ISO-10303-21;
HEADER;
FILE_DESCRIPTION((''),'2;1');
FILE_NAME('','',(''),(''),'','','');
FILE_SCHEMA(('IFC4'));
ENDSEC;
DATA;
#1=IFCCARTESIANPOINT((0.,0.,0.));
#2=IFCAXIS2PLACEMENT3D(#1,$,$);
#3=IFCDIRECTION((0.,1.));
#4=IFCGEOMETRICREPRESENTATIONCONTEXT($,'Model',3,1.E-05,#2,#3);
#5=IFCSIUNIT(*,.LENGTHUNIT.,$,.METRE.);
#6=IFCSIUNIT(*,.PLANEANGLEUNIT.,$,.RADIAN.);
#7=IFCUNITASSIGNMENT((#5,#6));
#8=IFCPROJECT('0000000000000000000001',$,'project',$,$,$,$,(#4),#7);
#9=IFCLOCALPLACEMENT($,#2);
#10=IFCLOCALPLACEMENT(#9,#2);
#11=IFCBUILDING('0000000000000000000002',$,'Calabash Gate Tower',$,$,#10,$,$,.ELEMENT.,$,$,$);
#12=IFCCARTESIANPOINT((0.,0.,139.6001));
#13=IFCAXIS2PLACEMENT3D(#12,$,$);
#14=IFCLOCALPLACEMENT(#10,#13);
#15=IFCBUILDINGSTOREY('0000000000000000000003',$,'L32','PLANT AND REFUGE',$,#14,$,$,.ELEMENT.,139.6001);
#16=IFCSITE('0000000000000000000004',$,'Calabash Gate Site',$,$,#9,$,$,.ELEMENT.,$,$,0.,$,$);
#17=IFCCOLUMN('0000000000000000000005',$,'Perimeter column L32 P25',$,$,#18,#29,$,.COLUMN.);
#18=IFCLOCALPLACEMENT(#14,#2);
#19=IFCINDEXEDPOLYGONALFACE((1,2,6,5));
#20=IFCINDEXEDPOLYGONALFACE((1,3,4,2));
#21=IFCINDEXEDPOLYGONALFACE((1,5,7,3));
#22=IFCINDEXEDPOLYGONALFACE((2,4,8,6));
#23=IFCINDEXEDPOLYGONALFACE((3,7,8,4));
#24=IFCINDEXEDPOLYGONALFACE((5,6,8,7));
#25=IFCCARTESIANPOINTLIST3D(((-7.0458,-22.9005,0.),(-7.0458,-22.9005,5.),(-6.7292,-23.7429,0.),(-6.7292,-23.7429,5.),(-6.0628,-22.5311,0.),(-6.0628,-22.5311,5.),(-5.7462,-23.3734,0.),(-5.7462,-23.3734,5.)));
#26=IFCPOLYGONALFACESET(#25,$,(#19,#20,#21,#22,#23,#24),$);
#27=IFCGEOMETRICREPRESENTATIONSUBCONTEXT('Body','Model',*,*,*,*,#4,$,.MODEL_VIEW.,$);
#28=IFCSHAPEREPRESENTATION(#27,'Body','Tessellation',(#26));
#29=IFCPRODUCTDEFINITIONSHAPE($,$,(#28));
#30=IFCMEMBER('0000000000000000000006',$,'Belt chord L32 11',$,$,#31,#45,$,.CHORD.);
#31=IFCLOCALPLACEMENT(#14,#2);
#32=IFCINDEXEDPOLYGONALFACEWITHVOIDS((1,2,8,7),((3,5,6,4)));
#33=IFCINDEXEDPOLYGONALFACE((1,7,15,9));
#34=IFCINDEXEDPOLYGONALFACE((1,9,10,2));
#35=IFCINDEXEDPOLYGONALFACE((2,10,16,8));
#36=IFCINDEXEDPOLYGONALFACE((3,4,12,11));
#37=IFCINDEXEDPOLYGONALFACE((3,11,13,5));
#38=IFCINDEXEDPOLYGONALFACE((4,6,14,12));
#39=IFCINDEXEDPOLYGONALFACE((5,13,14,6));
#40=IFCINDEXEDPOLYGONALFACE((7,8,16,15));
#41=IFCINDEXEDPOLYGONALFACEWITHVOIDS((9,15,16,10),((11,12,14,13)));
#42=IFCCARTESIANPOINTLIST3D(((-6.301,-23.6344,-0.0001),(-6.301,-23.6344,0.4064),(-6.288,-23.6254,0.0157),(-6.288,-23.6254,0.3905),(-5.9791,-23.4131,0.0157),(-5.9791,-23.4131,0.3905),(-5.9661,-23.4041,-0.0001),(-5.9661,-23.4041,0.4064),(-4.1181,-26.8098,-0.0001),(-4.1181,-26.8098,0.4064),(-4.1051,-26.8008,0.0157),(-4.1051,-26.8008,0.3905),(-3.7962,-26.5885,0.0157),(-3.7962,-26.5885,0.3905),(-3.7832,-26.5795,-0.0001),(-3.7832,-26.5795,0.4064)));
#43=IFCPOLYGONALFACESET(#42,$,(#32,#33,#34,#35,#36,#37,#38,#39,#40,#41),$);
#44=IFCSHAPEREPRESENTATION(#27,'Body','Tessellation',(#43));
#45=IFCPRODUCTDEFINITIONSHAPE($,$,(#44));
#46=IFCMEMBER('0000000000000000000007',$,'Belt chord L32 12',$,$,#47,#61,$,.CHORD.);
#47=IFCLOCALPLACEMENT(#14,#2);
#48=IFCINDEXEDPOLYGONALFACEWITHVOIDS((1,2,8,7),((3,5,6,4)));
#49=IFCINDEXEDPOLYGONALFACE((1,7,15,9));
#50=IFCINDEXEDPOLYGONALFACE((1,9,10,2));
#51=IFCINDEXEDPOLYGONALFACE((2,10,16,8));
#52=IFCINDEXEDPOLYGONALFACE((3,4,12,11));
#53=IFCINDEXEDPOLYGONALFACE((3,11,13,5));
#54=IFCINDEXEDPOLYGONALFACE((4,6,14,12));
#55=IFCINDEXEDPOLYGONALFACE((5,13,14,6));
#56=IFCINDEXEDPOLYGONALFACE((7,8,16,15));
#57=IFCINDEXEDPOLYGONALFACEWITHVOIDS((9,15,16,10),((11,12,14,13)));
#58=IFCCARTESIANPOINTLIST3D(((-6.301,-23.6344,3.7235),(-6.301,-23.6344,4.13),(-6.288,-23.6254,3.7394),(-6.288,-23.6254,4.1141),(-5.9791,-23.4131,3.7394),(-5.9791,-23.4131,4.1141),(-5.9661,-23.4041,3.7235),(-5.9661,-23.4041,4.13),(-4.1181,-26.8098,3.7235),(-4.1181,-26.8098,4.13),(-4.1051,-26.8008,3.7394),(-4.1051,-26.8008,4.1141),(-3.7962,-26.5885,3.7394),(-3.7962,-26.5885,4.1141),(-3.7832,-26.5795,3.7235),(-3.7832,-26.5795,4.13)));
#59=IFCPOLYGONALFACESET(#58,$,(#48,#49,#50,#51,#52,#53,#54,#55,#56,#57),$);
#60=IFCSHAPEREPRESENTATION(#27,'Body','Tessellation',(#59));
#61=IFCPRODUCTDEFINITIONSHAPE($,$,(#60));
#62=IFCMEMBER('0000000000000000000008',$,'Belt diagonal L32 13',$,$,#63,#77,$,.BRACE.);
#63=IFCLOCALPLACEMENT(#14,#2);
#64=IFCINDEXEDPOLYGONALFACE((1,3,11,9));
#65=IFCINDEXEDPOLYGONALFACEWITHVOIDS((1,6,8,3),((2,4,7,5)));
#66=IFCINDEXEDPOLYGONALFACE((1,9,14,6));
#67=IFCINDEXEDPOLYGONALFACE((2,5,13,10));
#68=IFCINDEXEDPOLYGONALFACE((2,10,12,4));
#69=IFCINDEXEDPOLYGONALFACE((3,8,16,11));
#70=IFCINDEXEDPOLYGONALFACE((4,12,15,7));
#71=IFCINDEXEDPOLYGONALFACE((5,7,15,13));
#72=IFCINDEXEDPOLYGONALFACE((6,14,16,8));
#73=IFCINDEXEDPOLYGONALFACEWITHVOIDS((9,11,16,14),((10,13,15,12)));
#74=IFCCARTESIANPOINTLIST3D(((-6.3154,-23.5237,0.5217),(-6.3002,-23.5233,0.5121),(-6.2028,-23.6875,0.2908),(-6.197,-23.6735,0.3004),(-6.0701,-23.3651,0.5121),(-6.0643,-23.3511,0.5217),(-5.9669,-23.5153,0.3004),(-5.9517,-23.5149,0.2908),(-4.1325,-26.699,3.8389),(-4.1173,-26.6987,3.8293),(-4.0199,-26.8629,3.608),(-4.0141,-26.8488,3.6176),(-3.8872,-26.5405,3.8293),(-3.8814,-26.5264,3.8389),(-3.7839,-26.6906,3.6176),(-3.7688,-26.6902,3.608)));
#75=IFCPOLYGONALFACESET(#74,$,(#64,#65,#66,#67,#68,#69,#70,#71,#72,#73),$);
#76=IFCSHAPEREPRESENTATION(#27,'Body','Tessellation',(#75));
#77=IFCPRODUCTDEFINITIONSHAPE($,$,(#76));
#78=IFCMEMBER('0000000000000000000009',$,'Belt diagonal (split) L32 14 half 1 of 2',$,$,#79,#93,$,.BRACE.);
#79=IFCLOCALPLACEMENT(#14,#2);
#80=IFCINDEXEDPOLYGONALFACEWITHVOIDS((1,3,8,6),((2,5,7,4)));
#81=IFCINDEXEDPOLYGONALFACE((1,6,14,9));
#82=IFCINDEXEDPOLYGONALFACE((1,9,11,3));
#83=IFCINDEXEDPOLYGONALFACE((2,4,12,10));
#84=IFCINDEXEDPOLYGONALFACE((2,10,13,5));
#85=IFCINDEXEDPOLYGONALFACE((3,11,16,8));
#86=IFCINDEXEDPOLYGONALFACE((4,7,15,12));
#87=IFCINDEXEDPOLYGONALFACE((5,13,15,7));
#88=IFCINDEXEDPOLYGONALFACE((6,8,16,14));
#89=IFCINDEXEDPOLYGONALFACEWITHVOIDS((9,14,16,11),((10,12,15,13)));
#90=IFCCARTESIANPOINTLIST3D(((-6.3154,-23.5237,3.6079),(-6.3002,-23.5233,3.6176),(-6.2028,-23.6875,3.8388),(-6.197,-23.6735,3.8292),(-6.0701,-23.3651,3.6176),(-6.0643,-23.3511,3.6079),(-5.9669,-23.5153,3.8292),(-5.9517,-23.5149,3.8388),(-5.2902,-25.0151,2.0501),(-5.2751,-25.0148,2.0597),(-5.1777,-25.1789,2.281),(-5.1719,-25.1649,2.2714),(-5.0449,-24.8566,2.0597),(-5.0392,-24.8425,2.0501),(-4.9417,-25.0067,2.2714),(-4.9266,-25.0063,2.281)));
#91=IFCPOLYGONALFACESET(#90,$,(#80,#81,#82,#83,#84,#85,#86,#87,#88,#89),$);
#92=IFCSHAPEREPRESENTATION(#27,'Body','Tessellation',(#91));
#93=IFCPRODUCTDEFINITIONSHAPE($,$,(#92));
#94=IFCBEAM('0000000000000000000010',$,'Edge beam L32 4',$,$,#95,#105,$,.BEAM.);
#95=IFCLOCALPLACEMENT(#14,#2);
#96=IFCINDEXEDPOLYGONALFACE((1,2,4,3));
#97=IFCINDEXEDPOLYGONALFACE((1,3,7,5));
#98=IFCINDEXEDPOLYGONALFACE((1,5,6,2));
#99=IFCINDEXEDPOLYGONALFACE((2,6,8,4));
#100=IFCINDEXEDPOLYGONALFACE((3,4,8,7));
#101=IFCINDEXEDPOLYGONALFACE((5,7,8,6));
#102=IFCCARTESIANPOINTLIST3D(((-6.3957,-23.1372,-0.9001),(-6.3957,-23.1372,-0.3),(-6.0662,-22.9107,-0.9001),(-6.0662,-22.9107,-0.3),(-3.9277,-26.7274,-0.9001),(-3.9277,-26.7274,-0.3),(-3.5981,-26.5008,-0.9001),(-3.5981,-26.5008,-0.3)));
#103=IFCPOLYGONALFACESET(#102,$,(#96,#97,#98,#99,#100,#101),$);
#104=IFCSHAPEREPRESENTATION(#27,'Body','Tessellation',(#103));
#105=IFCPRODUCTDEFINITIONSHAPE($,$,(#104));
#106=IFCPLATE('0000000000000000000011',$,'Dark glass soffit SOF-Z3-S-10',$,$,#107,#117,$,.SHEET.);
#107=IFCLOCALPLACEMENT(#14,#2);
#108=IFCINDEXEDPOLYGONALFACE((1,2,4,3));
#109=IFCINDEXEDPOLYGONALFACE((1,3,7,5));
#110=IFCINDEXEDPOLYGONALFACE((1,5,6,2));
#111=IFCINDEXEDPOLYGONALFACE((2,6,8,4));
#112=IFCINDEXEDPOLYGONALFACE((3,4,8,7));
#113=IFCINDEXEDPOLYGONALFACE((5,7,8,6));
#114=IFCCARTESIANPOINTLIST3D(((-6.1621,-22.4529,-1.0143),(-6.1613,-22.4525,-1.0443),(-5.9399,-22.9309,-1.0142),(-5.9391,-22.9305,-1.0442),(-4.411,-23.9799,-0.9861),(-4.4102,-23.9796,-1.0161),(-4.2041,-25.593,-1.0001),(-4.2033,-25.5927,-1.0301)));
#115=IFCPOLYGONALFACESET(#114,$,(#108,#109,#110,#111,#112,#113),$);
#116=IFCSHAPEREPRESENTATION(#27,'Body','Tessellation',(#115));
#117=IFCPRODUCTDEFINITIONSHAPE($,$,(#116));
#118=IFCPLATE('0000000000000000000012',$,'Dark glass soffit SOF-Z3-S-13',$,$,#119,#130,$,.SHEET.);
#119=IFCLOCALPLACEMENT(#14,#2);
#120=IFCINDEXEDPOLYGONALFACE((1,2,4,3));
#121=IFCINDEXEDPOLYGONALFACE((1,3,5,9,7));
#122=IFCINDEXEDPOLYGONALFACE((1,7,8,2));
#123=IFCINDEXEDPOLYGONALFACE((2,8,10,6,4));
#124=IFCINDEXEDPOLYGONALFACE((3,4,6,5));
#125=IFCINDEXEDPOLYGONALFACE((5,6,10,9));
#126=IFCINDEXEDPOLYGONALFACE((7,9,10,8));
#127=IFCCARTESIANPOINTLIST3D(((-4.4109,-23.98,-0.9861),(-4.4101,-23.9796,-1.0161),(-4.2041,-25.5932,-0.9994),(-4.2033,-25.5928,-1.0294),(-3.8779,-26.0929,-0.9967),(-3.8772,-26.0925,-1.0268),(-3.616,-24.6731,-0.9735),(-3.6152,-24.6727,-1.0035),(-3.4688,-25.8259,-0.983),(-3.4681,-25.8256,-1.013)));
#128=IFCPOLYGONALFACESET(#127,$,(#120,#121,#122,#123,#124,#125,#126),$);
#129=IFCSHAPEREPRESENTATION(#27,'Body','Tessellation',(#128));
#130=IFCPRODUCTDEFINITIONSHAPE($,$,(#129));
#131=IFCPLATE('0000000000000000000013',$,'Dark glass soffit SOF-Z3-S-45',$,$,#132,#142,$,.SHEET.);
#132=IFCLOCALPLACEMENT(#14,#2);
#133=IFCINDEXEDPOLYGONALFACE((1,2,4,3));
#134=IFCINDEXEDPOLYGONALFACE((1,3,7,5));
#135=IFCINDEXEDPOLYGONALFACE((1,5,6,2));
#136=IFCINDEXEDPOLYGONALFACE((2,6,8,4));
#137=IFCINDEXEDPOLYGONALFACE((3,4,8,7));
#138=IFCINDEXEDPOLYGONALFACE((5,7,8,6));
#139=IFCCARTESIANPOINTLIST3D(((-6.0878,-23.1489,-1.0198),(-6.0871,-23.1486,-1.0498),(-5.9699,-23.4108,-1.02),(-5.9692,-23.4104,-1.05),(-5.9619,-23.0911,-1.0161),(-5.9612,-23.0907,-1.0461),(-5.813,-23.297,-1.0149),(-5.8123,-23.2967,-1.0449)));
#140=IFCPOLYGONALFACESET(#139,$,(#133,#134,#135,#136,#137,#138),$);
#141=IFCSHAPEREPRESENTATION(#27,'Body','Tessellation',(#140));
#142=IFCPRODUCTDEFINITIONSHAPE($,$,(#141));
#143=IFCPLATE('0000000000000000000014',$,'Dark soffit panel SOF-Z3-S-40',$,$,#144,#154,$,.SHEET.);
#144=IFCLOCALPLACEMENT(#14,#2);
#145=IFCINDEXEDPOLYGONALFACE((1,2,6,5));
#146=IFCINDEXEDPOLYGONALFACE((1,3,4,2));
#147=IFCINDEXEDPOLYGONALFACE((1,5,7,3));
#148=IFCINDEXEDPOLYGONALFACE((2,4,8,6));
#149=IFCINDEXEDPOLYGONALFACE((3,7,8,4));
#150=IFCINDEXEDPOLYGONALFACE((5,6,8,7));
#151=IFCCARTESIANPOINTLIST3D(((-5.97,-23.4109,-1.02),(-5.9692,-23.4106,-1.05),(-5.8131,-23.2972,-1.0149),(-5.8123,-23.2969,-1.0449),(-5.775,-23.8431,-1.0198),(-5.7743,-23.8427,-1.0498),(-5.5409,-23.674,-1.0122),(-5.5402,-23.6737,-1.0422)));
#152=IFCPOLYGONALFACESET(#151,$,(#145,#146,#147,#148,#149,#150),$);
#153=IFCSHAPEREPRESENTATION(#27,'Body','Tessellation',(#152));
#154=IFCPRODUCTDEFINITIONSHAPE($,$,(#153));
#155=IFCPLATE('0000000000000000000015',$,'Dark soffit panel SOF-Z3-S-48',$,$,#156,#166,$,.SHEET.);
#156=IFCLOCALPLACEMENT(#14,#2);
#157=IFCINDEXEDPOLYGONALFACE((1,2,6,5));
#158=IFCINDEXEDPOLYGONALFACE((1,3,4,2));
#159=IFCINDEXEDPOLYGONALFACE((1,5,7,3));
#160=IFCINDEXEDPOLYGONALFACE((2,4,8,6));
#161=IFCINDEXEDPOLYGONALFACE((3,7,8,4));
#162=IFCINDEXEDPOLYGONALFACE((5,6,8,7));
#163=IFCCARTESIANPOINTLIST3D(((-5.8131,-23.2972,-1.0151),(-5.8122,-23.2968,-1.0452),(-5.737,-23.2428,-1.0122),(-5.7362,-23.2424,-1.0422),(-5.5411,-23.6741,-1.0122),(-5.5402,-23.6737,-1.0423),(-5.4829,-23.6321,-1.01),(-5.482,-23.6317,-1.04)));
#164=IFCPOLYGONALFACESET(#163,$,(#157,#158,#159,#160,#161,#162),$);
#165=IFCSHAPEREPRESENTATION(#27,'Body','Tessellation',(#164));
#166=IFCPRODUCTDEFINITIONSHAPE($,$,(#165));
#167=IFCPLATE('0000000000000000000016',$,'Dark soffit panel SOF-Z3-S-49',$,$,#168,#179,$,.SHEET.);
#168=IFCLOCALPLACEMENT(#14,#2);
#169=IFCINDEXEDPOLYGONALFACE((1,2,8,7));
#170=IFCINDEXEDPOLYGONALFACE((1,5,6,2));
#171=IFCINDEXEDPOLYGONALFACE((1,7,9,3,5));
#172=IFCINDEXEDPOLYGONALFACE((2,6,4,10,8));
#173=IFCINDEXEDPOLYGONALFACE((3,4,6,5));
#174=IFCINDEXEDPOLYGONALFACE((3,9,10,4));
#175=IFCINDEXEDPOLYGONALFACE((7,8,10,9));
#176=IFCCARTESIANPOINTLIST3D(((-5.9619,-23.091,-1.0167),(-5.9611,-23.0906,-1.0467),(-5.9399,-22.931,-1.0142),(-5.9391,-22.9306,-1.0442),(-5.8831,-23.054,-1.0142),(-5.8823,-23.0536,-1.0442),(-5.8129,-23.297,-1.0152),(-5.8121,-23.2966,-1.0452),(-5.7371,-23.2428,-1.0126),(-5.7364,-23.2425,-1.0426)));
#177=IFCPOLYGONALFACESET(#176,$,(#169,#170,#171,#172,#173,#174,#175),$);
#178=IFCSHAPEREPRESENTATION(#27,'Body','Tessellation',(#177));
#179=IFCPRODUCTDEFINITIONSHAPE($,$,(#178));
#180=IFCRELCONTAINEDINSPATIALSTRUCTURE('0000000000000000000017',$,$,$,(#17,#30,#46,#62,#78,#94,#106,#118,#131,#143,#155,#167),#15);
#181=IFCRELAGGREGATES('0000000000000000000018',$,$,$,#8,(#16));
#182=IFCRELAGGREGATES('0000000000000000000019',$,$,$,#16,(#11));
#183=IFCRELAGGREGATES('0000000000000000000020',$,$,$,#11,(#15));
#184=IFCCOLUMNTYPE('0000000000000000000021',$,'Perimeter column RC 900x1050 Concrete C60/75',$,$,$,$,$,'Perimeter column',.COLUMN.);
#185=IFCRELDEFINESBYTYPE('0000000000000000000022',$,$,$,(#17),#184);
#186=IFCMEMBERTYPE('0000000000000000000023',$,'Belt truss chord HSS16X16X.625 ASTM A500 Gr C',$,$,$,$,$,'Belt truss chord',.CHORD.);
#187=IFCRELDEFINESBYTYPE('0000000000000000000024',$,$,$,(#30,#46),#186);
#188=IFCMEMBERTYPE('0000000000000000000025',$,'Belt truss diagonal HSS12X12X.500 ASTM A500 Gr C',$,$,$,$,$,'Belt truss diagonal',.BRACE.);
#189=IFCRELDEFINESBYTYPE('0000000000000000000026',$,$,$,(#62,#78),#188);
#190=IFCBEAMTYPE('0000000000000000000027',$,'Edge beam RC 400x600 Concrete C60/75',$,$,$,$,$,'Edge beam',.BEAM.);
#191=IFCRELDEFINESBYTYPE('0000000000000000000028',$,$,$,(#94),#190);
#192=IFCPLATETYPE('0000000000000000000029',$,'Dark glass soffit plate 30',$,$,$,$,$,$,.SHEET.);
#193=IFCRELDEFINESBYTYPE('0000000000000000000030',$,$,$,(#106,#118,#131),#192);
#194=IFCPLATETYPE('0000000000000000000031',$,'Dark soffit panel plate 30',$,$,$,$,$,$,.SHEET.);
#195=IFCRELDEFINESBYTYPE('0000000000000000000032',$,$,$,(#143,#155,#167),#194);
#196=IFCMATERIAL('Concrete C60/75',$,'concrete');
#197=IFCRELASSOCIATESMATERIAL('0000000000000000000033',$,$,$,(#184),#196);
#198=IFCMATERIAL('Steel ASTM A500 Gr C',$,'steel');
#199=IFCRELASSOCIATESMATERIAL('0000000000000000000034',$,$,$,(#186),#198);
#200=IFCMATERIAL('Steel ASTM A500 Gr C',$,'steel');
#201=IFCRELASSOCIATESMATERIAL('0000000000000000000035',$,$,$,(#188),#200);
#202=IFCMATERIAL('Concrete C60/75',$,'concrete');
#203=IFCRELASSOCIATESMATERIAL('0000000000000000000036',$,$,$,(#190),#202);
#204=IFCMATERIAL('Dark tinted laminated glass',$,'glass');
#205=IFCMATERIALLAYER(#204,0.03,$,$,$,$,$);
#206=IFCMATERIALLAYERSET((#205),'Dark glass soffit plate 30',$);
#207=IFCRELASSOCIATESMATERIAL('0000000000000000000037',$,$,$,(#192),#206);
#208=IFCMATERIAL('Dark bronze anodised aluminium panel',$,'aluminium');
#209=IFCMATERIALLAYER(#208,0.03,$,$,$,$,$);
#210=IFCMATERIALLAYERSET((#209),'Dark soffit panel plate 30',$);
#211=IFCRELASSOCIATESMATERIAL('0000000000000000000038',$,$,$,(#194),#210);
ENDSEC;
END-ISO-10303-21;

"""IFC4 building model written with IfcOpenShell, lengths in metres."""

from ifc_helpers import new_model, si_unit, direction, frame, origin, origin_2d, place, context, subcontext, project, spatial, polyline, rectangle, hollow_rectangle, outline, extrude, material, layer, layer_set, material_profile, profile_set, type_object, element, save


model = new_model("IFC4")

# Units and contexts
model_context = context("Model", 3, precision=1e-05, world=origin(), true_north=direction((0.0, 1.0)))
body_context = subcontext(model_context, "Body", "Model", "MODEL_VIEW")
ifc_project = project(units=[si_unit("LENGTHUNIT", "METRE"), si_unit("PLANEANGLEUNIT", "RADIAN")], contexts=[model_context])

# Site, building, storey
site_placement = place(None, origin())
site = spatial("IfcSite", under=ifc_project, at=site_placement, Name="Calabash Gate Site", CompositionType="ELEMENT", RefElevation=0.0)
building_placement = place(site_placement, origin())
building = spatial("IfcBuilding", under=site, at=building_placement, Name="Calabash Gate Tower", CompositionType="ELEMENT")
storey_placement = place(building_placement, frame((0.0, 0.0, 139.6001)))
storey = spatial("IfcBuildingStorey", under=building, at=storey_placement, Name="L32", Description="PLANT AND REFUGE", CompositionType="ELEMENT", Elevation=139.6001)

# Column
ifc_material_1 = material(Name="Concrete C60/75", Category="concrete")
ifc_material_profile_1 = material_profile(ifc_material_1, rectangle(XDim=0.8999, YDim=1.05, at=origin_2d()))
ifc_profile_set_1 = profile_set([ifc_material_profile_1], Name="Concrete C60/75")
column_type = type_object("IfcColumnType", Name="Perimeter column RC 900x1050 Concrete C60/75", ElementType="Perimeter column", PredefinedType="COLUMN", material=ifc_profile_set_1)
column_placement = place(storey_placement, frame((-6.396, -23.137, 0.0), z_axis=(0.0, 0.0, 1.0), x_axis=(0.351822, -0.936067, 0.0)))
element("IfcColumn", 1, at=column_placement, inside=storey, type_object=column_type, Name="Perimeter column L32 P25", PredefinedType="COLUMN", context=body_context, shape_type="SweptSolid", body=[
    extrude(rectangle(XDim=0.8999, YDim=1.05, at=origin_2d()), origin(), (0.0, 0.0, 1.0), 5.0),
])

# Members
ifc_material_2 = material(Name="Steel ASTM A500 Gr C", Category="steel")
ifc_material_profile_2 = material_profile(ifc_material_2, hollow_rectangle(XDim=0.4065, YDim=0.4065, WallThickness=0.0159, at=origin_2d()))
ifc_profile_set_2 = profile_set([ifc_material_profile_2], Name="Steel ASTM A500 Gr C")
member_type_1 = type_object("IfcMemberType", Name="Belt truss chord HSS16X16X.625 ASTM A500 Gr C", ElementType="Belt truss chord", PredefinedType="CHORD", material=ifc_profile_set_2)
for number, where, z_axis, x_axis, name in (
    (2, (-6.1335, -23.5193, 0.2031), (0.566502, -0.82406, 0.0), (0.82406, 0.566502, 0.0), "Belt chord L32 11"),
    (3, (-6.1335, -23.5193, 3.9268), (0.566502, -0.82406, 0.0), (0.82406, 0.566502, 0.0), "Belt chord L32 12"),
):
    element("IfcMember", number, at=place(storey_placement, frame(where, z_axis=z_axis, x_axis=x_axis)), inside=storey, type_object=member_type_1, Name=name, PredefinedType="CHORD", context=body_context, shape_type="SweptSolid", body=[
        extrude(hollow_rectangle(XDim=0.4065, YDim=0.4065, WallThickness=0.0159, at=origin_2d()), origin(), (0.0, 0.0, 1.0), 3.8533),
    ])
ifc_material_3 = material(Name="Steel ASTM A500 Gr C", Category="steel")
ifc_material_profile_3 = material_profile(ifc_material_3, hollow_rectangle(XDim=0.3047, YDim=0.3047, WallThickness=0.0127, at=origin_2d()))
ifc_profile_set_3 = profile_set([ifc_material_profile_3], Name="Steel ASTM A500 Gr C")
member_type_2 = type_object("IfcMemberType", Name="Belt truss diagonal HSS12X12X.500 ASTM A500 Gr C", ElementType="Belt truss diagonal", PredefinedType="BRACE", material=ifc_profile_set_3)
member_1_placement = place(storey_placement, frame((-6.1335, -23.5193, 0.4062), z_axis=(0.429328, -0.624521, 0.652419), x_axis=(0.82406, 0.566502, 0.0)))
element("IfcMember", 4, at=member_1_placement, inside=storey, type_object=member_type_2, Name="Belt diagonal L32 13", PredefinedType="BRACE", context=body_context, shape_type="SweptSolid", body=[
    extrude(hollow_rectangle(XDim=0.3047, YDim=0.3047, WallThickness=0.0127, at=origin_2d()), origin(), (0.0, 0.0, 1.0), 5.0845),
])
member_2_placement = place(storey_placement, frame((-6.1335, -23.5193, 3.7234), z_axis=(0.4293, -0.624576, -0.652385), x_axis=(0.824101, 0.566443, 0.0)))
element("IfcMember", 5, at=member_2_placement, inside=storey, type_object=member_type_2, Name="Belt diagonal (split) L32 14 half 1 of 2", PredefinedType="BRACE", context=body_context, shape_type="SweptSolid", body=[
    extrude(hollow_rectangle(XDim=0.3047, YDim=0.3047, WallThickness=0.0127, at=origin_2d()), origin(), (0.0, 0.0, 1.0), 2.3879),
])

# Beam
ifc_material_4 = material(Name="Concrete C60/75", Category="concrete")
ifc_material_profile_4 = material_profile(ifc_material_4, rectangle(XDim=0.3999, YDim=0.6001, at=origin_2d()))
ifc_profile_set_4 = profile_set([ifc_material_profile_4], Name="Concrete C60/75")
beam_type = type_object("IfcBeamType", Name="Edge beam RC 400x600 Concrete C60/75", ElementType="Edge beam", PredefinedType="BEAM", material=ifc_profile_set_4)
beam_placement = place(storey_placement, frame((-6.231, -23.0239, -0.6001), z_axis=(0.566503, -0.82406, 0.0), x_axis=(0.82406, 0.566503, 0.0)))
element("IfcBeam", 6, at=beam_placement, inside=storey, type_object=beam_type, Name="Edge beam L32 4", PredefinedType="BEAM", context=body_context, shape_type="SweptSolid", body=[
    extrude(rectangle(XDim=0.3999, YDim=0.6001, at=origin_2d()), origin(), (0.0, 0.0, 1.0), 4.3567),
])

# Plates
ifc_material_5 = material(Name="Dark tinted laminated glass", Category="glass")
ifc_layer_1 = layer(ifc_material_5, 0.03)
ifc_layer_set_1 = layer_set([ifc_layer_1], Name="Dark glass soffit plate 30")
plate_type_1 = type_object("IfcPlateType", Name="Dark glass soffit plate 30", PredefinedType="SHEET", material=ifc_layer_set_1)
plate_1_placement = place(storey_placement, frame((-5.9399, -22.9309, -1.0142), z_axis=(-0.026672, -0.012124, 0.999571), x_axis=(-0.421458, 0.906848, -0.000247)))
element("IfcPlate", 7, at=plate_1_placement, inside=storey, type_object=plate_type_1, Name="Dark glass soffit SOF-Z3-S-10", PredefinedType="SHEET", context=body_context, shape_type="SweptSolid", body=[
    extrude(outline(polyline([(0.0, 0.0), (0.5271, 0.0), (-1.5957, -0.9448), (-3.1458, -0.4524), (0.0, 0.0)])), origin(), (0.0, 0.0, -1.0), 0.03),
])
plate_2_placement = place(storey_placement, frame((-4.4109, -23.98, -0.9861), z_axis=(-0.025932, -0.01158, 0.999597), x_axis=(0.753659, -0.657157, 0.011938)))
element("IfcPlate", 8, at=plate_2_placement, inside=storey, type_object=plate_type_1, Name="Dark glass soffit SOF-Z3-S-13", PredefinedType="SHEET", context=body_context, shape_type="SweptSolid", body=[
    extrude(outline(polyline([(0.0, 0.0), (1.0547, 0.0), (1.9231, -0.7725), (1.79, -1.2427), (1.2158, -1.0803), (0.0, 0.0)])), origin(), (0.0, 0.0, -1.0), 0.03),
])
plate_3_placement = place(storey_placement, frame((-5.9619, -23.0911, -1.0161), z_axis=(-0.024011, -0.011605, 0.999644), x_axis=(0.585747, -0.81048, 0.004661)))
element("IfcPlate", 9, at=plate_3_placement, inside=storey, type_object=plate_type_1, Name="Dark glass soffit SOF-Z3-S-45", PredefinedType="SHEET", context=body_context, shape_type="SweptSolid", body=[
    extrude(outline(polyline([(0.0, 0.0), (0.2542, 0.0), (0.2544, -0.1938), (-0.0269, -0.136), (0.0, 0.0)])), origin(), (0.0, 0.0, -1.0), 0.03),
])
ifc_material_6 = material(Name="Dark bronze anodised aluminium panel", Category="aluminium")
ifc_layer_2 = layer(ifc_material_6, 0.03)
ifc_layer_set_2 = layer_set([ifc_layer_2], Name="Dark soffit panel plate 30")
plate_type_2 = type_object("IfcPlateType", Name="Dark soffit panel plate 30", PredefinedType="SHEET", material=ifc_layer_set_2)
plate_4_placement = place(storey_placement, frame((-5.97, -23.4109, -1.02), z_axis=(-0.024752, -0.010668, 0.999637), x_axis=(0.809431, 0.586625, 0.026303)))
element("IfcPlate", 10, at=plate_4_placement, inside=storey, type_object=plate_type_2, Name="Dark soffit panel SOF-Z3-S-40", PredefinedType="SHEET", context=body_context, shape_type="SweptSolid", body=[
    extrude(outline(polyline([(0.0, 0.0), (0.1938, 0.0), (0.1931, -0.4648), (-0.0957, -0.4644), (0.0, 0.0)])), origin(), (0.0, 0.0, -1.0), 0.03),
])
plate_5_placement = place(storey_placement, frame((-5.4829, -23.6321, -1.01), z_axis=(-0.028826, -0.013107, 0.999499), x_axis=(-0.810108, -0.585459, -0.031041)))
element("IfcPlate", 11, at=plate_5_placement, inside=storey, type_object=plate_type_2, Name="Dark soffit panel SOF-Z3-S-48", PredefinedType="SHEET", context=body_context, shape_type="SweptSolid", body=[
    extrude(outline(polyline([(0.0, 0.0), (0.0718, 0.0), (0.0715, -0.4648), (-0.022, -0.4644), (0.0, 0.0)])), origin(), (0.0, 0.0, -1.0), 0.03),
])
plate_6_placement = place(storey_placement, frame((-5.8831, -23.054, -1.0142), z_axis=(-0.026105, -0.011788, 0.99959), x_axis=(-0.419623, 0.907699, -0.000255)))
element("IfcPlate", 12, at=plate_6_placement, inside=storey, type_object=plate_type_2, Name="Dark soffit panel SOF-Z3-S-49", PredefinedType="SHEET", context=body_context, shape_type="SweptSolid", body=[
    extrude(outline(polyline([(0.0, 0.0), (0.1355, 0.0), (-0.2327, -0.0532), (-0.25, 0.0383), (-0.0005, 0.0872), (0.0, 0.0)])), origin(), (0.0, 0.0, -1.0), 0.03),
])

save(model, "model.ifc")
